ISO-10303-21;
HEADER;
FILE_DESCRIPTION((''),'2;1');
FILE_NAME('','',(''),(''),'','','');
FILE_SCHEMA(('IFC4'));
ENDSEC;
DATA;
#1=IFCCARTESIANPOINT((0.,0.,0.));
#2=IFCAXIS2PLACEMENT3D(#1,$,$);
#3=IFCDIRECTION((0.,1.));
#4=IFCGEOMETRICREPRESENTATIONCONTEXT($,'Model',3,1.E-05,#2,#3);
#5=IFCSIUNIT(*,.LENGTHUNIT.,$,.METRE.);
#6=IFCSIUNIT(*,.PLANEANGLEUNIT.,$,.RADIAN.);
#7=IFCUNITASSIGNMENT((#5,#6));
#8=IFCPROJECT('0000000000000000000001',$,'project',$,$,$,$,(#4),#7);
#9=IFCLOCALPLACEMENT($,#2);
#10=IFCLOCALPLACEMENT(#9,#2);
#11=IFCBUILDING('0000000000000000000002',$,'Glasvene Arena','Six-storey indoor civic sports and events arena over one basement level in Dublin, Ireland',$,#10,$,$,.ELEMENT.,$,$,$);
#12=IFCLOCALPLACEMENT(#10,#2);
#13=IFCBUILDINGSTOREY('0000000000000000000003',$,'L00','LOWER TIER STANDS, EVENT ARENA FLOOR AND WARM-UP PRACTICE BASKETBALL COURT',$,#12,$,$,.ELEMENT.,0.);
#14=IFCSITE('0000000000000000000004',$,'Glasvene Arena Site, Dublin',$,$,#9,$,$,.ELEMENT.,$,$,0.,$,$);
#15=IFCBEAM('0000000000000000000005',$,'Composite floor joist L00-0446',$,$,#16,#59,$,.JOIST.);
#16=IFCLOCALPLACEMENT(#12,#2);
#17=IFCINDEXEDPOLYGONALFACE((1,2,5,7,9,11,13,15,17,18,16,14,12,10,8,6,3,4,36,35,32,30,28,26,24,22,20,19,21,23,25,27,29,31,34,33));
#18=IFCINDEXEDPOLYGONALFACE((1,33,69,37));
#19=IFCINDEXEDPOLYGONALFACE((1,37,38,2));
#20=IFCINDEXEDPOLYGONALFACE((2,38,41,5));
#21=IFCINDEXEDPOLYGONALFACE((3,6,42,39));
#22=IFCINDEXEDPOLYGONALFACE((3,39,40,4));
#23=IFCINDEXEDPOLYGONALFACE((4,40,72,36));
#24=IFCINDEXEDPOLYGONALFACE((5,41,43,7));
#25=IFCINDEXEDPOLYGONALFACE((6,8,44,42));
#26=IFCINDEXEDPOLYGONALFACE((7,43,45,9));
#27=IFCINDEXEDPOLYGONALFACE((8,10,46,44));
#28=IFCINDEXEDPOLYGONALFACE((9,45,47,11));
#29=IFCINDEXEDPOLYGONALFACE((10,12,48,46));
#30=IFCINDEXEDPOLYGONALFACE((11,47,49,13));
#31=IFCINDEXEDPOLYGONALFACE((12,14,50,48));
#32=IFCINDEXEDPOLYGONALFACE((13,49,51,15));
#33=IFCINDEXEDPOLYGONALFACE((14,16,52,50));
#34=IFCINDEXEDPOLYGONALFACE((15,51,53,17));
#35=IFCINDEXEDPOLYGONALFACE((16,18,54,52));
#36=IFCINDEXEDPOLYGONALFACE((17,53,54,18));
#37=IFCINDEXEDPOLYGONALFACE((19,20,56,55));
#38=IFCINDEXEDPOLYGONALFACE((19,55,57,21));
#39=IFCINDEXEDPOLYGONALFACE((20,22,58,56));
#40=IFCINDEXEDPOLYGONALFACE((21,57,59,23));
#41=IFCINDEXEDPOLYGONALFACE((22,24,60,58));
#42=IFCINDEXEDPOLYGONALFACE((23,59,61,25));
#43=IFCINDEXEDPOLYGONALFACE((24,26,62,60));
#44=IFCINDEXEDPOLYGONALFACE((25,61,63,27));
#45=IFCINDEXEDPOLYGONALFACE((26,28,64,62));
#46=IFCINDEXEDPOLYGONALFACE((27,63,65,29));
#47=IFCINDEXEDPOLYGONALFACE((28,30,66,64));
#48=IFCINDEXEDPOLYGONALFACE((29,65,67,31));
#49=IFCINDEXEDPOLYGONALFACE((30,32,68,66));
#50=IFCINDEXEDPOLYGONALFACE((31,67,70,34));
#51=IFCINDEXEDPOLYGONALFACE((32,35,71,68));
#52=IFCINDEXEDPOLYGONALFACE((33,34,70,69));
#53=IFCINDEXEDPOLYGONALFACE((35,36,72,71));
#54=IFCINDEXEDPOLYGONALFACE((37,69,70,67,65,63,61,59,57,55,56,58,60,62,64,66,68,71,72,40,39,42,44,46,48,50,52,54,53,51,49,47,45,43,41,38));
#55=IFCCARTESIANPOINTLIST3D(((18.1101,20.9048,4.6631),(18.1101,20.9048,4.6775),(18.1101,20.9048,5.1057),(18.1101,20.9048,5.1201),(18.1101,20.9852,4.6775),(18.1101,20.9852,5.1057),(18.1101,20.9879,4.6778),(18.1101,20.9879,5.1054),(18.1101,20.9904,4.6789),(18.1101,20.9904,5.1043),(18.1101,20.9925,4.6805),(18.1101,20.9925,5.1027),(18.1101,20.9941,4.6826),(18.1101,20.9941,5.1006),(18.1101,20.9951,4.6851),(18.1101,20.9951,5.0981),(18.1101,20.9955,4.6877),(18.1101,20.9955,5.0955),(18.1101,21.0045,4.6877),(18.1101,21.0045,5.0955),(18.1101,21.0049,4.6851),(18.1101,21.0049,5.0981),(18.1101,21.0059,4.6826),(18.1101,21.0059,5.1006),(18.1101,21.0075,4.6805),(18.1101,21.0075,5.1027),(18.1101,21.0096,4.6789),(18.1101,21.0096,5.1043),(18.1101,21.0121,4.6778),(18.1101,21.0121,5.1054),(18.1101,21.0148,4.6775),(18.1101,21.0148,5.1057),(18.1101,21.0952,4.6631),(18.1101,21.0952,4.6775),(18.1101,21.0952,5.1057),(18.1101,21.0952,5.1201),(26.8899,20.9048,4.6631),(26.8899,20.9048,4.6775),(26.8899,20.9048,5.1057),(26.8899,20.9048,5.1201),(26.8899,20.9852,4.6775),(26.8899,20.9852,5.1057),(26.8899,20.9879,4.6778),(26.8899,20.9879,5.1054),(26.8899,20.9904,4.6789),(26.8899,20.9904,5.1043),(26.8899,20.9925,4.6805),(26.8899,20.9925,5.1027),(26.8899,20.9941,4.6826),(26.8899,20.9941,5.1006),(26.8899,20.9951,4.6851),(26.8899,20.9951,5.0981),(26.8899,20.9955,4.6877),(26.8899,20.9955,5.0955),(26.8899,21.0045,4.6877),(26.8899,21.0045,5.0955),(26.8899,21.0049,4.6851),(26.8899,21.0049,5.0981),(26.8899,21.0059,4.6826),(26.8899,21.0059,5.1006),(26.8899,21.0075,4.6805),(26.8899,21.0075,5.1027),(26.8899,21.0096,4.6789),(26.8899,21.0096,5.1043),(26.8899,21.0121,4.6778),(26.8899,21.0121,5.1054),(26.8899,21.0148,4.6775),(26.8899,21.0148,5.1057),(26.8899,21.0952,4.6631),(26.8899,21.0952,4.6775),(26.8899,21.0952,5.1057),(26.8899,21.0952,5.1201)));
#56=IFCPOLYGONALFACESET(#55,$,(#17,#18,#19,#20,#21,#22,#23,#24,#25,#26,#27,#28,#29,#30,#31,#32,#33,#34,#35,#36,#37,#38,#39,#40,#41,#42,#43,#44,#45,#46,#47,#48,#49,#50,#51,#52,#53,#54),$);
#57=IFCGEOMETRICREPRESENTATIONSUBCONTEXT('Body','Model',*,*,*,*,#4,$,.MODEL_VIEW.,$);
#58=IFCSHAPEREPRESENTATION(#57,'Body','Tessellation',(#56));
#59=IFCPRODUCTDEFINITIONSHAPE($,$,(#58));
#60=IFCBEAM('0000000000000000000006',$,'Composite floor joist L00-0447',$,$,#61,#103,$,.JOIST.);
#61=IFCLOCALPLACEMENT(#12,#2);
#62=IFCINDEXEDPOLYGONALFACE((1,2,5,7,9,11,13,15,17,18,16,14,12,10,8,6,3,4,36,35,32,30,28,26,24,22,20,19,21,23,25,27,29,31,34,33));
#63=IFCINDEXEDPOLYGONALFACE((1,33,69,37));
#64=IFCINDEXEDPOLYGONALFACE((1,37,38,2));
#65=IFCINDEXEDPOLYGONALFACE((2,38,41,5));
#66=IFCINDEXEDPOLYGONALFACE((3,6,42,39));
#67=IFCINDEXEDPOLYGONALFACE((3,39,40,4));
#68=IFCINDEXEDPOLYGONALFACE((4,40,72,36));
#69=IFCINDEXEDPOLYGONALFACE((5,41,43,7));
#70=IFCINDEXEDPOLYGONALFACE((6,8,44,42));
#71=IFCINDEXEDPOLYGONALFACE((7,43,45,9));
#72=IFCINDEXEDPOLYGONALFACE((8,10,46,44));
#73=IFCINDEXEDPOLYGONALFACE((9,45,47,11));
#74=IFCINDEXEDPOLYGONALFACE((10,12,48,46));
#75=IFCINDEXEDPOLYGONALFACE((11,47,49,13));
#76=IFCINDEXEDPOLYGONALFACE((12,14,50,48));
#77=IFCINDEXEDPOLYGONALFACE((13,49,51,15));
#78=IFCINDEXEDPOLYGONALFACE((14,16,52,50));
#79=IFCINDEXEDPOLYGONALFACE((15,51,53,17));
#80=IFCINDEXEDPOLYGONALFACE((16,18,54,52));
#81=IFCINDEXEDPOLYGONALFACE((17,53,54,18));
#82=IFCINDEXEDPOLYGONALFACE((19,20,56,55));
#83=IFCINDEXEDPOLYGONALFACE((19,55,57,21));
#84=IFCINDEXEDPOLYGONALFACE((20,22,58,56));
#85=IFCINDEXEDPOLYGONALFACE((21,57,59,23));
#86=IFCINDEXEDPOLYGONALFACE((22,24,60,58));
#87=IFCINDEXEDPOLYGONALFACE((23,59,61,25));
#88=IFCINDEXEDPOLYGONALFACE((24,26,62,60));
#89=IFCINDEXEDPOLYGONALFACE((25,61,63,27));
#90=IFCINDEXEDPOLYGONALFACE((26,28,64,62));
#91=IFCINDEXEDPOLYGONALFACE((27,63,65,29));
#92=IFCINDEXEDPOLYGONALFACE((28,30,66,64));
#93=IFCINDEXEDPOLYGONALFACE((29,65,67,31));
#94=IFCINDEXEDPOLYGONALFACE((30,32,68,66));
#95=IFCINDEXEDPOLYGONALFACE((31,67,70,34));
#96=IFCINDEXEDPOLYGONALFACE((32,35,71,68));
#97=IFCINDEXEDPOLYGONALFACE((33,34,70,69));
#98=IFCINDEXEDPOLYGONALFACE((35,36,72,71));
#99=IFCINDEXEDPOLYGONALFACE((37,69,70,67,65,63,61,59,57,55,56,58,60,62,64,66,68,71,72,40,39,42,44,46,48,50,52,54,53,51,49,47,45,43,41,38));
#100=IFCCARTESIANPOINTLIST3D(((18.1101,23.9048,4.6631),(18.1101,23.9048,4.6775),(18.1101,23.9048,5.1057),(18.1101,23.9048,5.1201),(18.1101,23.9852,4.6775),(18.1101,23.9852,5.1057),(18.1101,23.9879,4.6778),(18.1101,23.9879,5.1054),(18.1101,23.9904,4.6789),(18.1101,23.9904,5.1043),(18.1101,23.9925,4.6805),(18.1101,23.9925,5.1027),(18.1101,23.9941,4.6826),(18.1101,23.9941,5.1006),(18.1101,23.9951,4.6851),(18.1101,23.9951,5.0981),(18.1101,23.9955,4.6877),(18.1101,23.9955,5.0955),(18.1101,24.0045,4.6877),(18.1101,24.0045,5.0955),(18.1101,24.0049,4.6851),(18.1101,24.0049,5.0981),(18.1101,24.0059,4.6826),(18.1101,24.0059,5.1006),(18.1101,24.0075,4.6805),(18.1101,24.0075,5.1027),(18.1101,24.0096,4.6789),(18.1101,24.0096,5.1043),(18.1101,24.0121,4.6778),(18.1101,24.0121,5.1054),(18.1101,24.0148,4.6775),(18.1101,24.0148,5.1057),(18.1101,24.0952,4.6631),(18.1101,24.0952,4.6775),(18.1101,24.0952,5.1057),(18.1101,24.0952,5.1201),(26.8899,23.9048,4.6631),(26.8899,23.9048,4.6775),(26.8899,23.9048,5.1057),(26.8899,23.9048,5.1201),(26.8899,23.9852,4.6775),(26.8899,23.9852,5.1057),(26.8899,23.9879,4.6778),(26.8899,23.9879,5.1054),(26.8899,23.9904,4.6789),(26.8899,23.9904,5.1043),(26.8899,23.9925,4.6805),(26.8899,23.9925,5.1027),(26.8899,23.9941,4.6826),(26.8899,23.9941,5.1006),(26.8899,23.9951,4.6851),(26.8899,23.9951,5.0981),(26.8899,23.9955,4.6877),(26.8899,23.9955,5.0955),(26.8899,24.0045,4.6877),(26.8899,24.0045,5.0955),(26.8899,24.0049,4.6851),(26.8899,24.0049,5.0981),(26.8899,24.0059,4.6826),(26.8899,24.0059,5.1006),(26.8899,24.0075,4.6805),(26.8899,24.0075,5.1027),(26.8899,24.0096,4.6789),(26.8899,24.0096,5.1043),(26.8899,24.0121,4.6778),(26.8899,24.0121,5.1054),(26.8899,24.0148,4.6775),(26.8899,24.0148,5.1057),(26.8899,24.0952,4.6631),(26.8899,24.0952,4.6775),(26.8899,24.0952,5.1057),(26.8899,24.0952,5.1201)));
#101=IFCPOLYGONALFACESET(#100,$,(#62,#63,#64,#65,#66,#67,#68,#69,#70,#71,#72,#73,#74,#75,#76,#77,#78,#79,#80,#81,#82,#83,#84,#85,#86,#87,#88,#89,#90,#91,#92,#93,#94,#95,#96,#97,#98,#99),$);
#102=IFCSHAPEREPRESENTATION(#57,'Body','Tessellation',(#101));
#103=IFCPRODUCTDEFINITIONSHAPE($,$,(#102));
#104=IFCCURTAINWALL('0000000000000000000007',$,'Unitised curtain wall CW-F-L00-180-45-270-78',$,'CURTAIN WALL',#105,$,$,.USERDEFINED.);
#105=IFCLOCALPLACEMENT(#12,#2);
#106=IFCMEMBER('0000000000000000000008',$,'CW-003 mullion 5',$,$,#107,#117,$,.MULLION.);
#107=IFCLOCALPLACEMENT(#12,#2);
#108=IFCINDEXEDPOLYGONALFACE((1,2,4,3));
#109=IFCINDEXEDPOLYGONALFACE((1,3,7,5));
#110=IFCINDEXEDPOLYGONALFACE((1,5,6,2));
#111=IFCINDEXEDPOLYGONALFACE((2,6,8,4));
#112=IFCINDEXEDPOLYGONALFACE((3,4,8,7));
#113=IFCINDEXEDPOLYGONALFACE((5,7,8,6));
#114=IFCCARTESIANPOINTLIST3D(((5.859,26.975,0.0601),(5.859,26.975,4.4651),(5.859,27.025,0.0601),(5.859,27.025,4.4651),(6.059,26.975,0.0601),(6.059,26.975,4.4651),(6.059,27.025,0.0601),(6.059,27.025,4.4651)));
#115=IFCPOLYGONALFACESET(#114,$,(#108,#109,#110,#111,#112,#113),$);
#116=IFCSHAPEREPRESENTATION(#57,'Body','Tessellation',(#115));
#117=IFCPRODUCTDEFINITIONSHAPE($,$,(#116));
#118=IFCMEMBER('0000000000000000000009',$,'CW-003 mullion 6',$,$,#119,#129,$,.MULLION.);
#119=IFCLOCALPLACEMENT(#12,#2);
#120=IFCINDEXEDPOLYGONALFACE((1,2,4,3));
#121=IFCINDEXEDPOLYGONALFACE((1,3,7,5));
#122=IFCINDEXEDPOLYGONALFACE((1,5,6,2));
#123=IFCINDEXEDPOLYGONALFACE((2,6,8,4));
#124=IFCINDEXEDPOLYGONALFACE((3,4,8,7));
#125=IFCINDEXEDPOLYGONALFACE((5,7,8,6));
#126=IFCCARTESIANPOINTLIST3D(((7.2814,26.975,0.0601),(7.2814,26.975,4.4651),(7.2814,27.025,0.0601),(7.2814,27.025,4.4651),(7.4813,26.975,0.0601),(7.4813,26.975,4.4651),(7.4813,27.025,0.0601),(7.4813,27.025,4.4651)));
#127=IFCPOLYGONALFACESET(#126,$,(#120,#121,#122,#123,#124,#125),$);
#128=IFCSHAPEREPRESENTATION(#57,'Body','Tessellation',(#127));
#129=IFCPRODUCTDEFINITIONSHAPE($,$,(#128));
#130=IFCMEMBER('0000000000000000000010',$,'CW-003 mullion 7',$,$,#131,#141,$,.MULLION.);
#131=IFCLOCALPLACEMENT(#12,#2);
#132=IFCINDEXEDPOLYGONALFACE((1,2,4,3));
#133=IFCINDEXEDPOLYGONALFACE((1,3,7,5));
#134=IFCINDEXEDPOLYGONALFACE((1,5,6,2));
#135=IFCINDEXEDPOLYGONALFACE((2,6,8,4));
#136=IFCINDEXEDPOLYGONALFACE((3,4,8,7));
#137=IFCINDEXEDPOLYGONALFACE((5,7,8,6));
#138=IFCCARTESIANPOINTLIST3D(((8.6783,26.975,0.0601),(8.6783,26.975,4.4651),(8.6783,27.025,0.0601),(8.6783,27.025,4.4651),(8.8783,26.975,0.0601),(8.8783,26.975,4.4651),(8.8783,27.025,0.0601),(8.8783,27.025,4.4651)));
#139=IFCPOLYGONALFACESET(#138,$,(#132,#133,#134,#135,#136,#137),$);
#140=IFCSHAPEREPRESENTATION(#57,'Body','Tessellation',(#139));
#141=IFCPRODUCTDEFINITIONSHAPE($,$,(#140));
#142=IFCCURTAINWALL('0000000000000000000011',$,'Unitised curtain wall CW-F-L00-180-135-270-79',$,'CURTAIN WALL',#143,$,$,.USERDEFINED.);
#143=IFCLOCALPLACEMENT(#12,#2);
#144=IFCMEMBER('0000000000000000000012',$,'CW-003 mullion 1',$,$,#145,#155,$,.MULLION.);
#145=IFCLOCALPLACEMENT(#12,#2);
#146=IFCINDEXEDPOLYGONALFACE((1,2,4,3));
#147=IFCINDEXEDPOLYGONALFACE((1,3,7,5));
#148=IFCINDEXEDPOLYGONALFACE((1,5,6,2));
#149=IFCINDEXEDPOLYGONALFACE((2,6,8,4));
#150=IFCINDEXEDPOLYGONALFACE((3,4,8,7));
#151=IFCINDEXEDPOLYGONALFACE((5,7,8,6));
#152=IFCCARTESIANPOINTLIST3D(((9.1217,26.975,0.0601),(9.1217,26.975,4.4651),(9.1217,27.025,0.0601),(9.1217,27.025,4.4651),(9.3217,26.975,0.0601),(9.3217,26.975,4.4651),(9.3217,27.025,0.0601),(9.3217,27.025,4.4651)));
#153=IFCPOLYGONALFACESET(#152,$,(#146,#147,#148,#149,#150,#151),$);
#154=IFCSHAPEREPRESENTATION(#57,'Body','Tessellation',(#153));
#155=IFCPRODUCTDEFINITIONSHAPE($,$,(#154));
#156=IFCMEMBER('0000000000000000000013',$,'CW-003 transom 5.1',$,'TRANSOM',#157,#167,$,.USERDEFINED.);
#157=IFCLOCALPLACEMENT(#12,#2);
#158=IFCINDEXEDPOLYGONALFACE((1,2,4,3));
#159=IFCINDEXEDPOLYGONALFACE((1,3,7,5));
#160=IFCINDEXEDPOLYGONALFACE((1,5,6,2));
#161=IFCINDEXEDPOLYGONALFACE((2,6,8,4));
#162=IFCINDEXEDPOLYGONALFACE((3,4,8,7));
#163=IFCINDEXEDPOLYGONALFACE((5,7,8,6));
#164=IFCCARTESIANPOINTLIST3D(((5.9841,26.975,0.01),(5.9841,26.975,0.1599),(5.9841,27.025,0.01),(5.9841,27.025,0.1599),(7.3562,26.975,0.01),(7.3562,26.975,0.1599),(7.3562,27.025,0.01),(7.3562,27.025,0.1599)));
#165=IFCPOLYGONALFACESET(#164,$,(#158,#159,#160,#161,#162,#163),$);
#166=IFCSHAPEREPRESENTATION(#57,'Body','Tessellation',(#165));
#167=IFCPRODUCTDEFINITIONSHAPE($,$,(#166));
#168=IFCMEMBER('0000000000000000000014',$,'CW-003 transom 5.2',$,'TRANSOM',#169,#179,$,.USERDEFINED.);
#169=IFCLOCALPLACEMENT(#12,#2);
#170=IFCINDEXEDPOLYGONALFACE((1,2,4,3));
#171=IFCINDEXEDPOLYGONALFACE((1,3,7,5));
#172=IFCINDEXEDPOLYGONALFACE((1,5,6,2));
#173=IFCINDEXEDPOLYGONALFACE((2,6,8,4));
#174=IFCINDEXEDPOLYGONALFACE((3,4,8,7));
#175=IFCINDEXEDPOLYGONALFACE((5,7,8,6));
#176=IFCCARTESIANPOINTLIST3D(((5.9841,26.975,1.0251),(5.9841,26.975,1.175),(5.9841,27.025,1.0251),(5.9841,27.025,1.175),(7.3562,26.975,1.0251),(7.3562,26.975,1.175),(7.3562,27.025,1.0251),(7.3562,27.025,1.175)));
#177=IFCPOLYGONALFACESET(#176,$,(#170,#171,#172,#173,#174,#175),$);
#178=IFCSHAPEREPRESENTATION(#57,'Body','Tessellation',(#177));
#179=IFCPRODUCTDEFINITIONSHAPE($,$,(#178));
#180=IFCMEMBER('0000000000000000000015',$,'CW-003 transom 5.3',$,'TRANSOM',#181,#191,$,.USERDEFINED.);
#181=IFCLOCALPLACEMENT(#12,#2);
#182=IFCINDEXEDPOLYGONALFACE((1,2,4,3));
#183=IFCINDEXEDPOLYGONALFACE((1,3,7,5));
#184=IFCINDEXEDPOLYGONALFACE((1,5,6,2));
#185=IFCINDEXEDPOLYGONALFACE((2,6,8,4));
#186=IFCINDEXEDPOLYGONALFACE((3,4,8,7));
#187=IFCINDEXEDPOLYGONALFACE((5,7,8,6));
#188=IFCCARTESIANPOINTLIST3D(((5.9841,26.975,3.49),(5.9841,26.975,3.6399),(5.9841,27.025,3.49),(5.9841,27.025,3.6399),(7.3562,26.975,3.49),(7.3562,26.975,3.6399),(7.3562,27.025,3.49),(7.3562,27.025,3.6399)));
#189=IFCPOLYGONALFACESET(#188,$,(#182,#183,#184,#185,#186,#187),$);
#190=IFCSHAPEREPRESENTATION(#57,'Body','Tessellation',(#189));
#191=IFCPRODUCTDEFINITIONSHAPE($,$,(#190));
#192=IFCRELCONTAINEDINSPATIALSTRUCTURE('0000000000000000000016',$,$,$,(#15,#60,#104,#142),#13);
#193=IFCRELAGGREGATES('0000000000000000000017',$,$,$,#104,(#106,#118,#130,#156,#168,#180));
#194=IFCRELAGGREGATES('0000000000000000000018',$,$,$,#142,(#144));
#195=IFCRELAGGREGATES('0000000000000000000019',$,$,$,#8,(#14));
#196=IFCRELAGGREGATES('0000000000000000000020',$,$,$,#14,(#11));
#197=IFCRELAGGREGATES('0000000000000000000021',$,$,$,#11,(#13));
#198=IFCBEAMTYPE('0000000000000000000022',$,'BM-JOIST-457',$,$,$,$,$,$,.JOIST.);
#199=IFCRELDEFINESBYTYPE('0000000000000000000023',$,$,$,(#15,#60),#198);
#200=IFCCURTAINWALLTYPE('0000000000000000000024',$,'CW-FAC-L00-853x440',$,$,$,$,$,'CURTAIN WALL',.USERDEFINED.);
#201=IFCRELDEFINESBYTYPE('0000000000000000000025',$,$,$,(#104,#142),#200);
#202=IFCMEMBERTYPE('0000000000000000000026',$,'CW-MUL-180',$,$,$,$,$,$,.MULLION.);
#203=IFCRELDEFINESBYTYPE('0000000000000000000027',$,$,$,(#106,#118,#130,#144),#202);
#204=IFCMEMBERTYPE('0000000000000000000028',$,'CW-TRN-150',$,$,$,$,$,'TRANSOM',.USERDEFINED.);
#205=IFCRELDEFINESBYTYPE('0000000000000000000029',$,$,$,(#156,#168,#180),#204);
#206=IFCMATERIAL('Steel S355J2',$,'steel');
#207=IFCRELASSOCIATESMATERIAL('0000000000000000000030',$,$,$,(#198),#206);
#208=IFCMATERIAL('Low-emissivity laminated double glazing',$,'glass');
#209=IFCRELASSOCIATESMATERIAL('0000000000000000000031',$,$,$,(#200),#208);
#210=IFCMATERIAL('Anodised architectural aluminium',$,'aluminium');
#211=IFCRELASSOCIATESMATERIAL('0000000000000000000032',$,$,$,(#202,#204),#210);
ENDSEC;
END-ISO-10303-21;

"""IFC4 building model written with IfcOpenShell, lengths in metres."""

from ifc_helpers import new_model, si_unit, direction, frame, origin, origin_2d, place, context, subcontext, project, spatial, rectangle, i_section, extrude, material, material_profile, profile_set, type_object, element, aggregate, save


model = new_model("IFC4")

# Units and contexts
model_context = context("Model", 3, precision=1e-05, world=origin(), true_north=direction((0.0, 1.0)))
body_context = subcontext(model_context, "Body", "Model", "MODEL_VIEW")
ifc_project = project(units=[si_unit("LENGTHUNIT", "METRE"), si_unit("PLANEANGLEUNIT", "RADIAN")], contexts=[model_context])

# Site, building, storey
site_placement = place(None, origin())
site = spatial("IfcSite", under=ifc_project, at=site_placement, Name="Glasvene Arena Site, Dublin", CompositionType="ELEMENT", RefElevation=0.0)
building_placement = place(site_placement, origin())
building = spatial("IfcBuilding", under=site, at=building_placement, Name="Glasvene Arena", Description="Six-storey indoor civic sports and events arena over one basement level in Dublin, Ireland", CompositionType="ELEMENT")
storey_placement = place(building_placement, origin())
storey = spatial("IfcBuildingStorey", under=building, at=storey_placement, Name="L00", Description="LOWER TIER STANDS, EVENT ARENA FLOOR AND WARM-UP PRACTICE BASKETBALL COURT", CompositionType="ELEMENT", Elevation=0.0)

# Shared definitions
ifc_material_1 = material(Name="Steel S355J2", Category="steel")

# Beams
ifc_material_profile_1 = material_profile(ifc_material_1, i_section(OverallWidth=0.1904, OverallDepth=0.457, WebThickness=0.009, FlangeThickness=0.0144, FilletRadius=0.0103, at=origin_2d()), Name="UKB 457x191x74")
ifc_profile_set_1 = profile_set([ifc_material_profile_1], Name="Steel S355J2")
beam_type_1 = type_object("IfcBeamType", Name="BM-JOIST-457", PredefinedType="JOIST", material=ifc_profile_set_1)
for number, where, z_axis, x_axis, name in (
    (1, (18.1101, 21.0, 4.8916), (1.0, 0.0, 0.0), (0.0, 1.0, 0.0), "Composite floor joist L00-0446"),
    (2, (18.1101, 24.0, 4.8916), (1.0, 0.0, 0.0), (0.0, 1.0, 0.0), "Composite floor joist L00-0447"),
):
    element("IfcBeam", number, at=place(storey_placement, frame(where, z_axis=z_axis, x_axis=x_axis)), inside=storey, type_object=beam_type_1, Name=name, PredefinedType="JOIST", context=body_context, shape_type="SweptSolid", body=[
        extrude(i_section(OverallWidth=0.1904, OverallDepth=0.457, WebThickness=0.009, FlangeThickness=0.0144, FilletRadius=0.0103, at=origin_2d()), origin(), (0.0, 0.0, 1.0), 8.7798),
    ])

# Curtain wall, members
ifc_material_2 = material(Name="Low-emissivity laminated double glazing", Category="glass")
curtain_wall_type = type_object("IfcCurtainWallType", Name="CW-FAC-L00-853x440", ElementType="CURTAIN WALL", PredefinedType="USERDEFINED", material=ifc_material_2)
curtain_wall_1_placement = place(storey_placement, frame((0.2705, 27.0, 0.0)))
curtain_wall_1 = element("IfcCurtainWall", 3, at=curtain_wall_1_placement, inside=storey, type_object=curtain_wall_type, Name="Unitised curtain wall CW-F-L00-180-45-270-78", ObjectType="CURTAIN WALL", PredefinedType="USERDEFINED")
ifc_material_3 = material(Name="Anodised architectural aluminium", Category="aluminium")
ifc_material_profile_2 = material_profile(ifc_material_3, rectangle(XDim=0.05, YDim=0.2, at=origin_2d()), Name="ALU MULLION 50x200")
ifc_profile_set_2 = profile_set([ifc_material_profile_2], Name="Anodised architectural aluminium")
member_type_1 = type_object("IfcMemberType", Name="CW-MUL-180", PredefinedType="MULLION", material=ifc_profile_set_2)
member_1_placement = place(storey_placement, frame((5.959, 27.0, 0.0601), z_axis=(0.0, 0.0, 1.0), x_axis=(0.0, 1.0, 0.0)))
member_1 = element("IfcMember", 4, at=member_1_placement, type_object=member_type_1, Name="CW-003 mullion 5", PredefinedType="MULLION", context=body_context, shape_type="SweptSolid", body=[
    extrude(rectangle(XDim=0.05, YDim=0.2, at=origin_2d()), origin(), (0.0, 0.0, 1.0), 4.405),
])
member_2_placement = place(storey_placement, frame((7.3813, 27.0, 0.0601), z_axis=(0.0, 0.0, 1.0), x_axis=(0.0, 1.0, 0.0)))
member_2 = element("IfcMember", 5, at=member_2_placement, type_object=member_type_1, Name="CW-003 mullion 6", PredefinedType="MULLION", context=body_context, shape_type="SweptSolid", body=[
    extrude(rectangle(XDim=0.05, YDim=0.2, at=origin_2d()), origin(), (0.0, 0.0, 1.0), 4.405),
])
member_3_placement = place(storey_placement, frame((8.7783, 27.0, 0.0601), z_axis=(0.0, 0.0, 1.0), x_axis=(0.0, 1.0, 0.0)))
member_3 = element("IfcMember", 6, at=member_3_placement, type_object=member_type_1, Name="CW-003 mullion 7", PredefinedType="MULLION", context=body_context, shape_type="SweptSolid", body=[
    extrude(rectangle(XDim=0.05, YDim=0.2, at=origin_2d()), origin(), (0.0, 0.0, 1.0), 4.405),
])

# Curtain wall, member
curtain_wall_2_placement = place(storey_placement, frame((9.1965, 27.0, 0.0)))
curtain_wall_2 = element("IfcCurtainWall", 7, at=curtain_wall_2_placement, inside=storey, type_object=curtain_wall_type, Name="Unitised curtain wall CW-F-L00-180-135-270-79", ObjectType="CURTAIN WALL", PredefinedType="USERDEFINED")
member_4_placement = place(storey_placement, frame((9.2217, 27.0, 0.0601), z_axis=(0.0, 0.0, 1.0), x_axis=(0.0, 1.0, 0.0)))
member_4 = element("IfcMember", 8, at=member_4_placement, type_object=member_type_1, Name="CW-003 mullion 1", PredefinedType="MULLION", context=body_context, shape_type="SweptSolid", body=[
    extrude(rectangle(XDim=0.05, YDim=0.2, at=origin_2d()), origin(), (0.0, 0.0, 1.0), 4.405),
])

# Members
ifc_material_profile_3 = material_profile(ifc_material_3, rectangle(XDim=0.05, YDim=0.1499, at=origin_2d()), Name="ALU TRANSOM 50x150")
ifc_profile_set_3 = profile_set([ifc_material_profile_3], Name="Anodised architectural aluminium")
member_type_2 = type_object("IfcMemberType", Name="CW-TRN-150", ElementType="TRANSOM", PredefinedType="USERDEFINED", material=ifc_profile_set_3)
member_5_placement = place(storey_placement, frame((5.9841, 27.0, 0.085), z_axis=(1.0, 0.0, 0.0), x_axis=(0.0, 1.0, 0.0)))
member_5 = element("IfcMember", 9, at=member_5_placement, type_object=member_type_2, Name="CW-003 transom 5.1", ObjectType="TRANSOM", PredefinedType="USERDEFINED", context=body_context, shape_type="SweptSolid", body=[
    extrude(rectangle(XDim=0.05, YDim=0.1499, at=origin_2d()), origin(), (0.0, 0.0, 1.0), 1.3721),
])
member_6_placement = place(storey_placement, frame((5.9841, 27.0, 1.1001), z_axis=(1.0, 0.0, 0.0), x_axis=(0.0, 1.0, 0.0)))
member_6 = element("IfcMember", 10, at=member_6_placement, type_object=member_type_2, Name="CW-003 transom 5.2", ObjectType="TRANSOM", PredefinedType="USERDEFINED", context=body_context, shape_type="SweptSolid", body=[
    extrude(rectangle(XDim=0.05, YDim=0.1499, at=origin_2d()), origin(), (0.0, 0.0, 1.0), 1.3721),
])
member_7_placement = place(storey_placement, frame((5.9841, 27.0, 3.5649), z_axis=(1.0, 0.0, 0.0), x_axis=(0.0, 1.0, 0.0)))
member_7 = element("IfcMember", 11, at=member_7_placement, type_object=member_type_2, Name="CW-003 transom 5.3", ObjectType="TRANSOM", PredefinedType="USERDEFINED", context=body_context, shape_type="SweptSolid", body=[
    extrude(rectangle(XDim=0.05, YDim=0.1499, at=origin_2d()), origin(), (0.0, 0.0, 1.0), 1.3721),
])

aggregate(curtain_wall_1, [member_1, member_2, member_3, member_5, member_6, member_7])
aggregate(curtain_wall_2, [member_4])

save(model, "model.ifc")
